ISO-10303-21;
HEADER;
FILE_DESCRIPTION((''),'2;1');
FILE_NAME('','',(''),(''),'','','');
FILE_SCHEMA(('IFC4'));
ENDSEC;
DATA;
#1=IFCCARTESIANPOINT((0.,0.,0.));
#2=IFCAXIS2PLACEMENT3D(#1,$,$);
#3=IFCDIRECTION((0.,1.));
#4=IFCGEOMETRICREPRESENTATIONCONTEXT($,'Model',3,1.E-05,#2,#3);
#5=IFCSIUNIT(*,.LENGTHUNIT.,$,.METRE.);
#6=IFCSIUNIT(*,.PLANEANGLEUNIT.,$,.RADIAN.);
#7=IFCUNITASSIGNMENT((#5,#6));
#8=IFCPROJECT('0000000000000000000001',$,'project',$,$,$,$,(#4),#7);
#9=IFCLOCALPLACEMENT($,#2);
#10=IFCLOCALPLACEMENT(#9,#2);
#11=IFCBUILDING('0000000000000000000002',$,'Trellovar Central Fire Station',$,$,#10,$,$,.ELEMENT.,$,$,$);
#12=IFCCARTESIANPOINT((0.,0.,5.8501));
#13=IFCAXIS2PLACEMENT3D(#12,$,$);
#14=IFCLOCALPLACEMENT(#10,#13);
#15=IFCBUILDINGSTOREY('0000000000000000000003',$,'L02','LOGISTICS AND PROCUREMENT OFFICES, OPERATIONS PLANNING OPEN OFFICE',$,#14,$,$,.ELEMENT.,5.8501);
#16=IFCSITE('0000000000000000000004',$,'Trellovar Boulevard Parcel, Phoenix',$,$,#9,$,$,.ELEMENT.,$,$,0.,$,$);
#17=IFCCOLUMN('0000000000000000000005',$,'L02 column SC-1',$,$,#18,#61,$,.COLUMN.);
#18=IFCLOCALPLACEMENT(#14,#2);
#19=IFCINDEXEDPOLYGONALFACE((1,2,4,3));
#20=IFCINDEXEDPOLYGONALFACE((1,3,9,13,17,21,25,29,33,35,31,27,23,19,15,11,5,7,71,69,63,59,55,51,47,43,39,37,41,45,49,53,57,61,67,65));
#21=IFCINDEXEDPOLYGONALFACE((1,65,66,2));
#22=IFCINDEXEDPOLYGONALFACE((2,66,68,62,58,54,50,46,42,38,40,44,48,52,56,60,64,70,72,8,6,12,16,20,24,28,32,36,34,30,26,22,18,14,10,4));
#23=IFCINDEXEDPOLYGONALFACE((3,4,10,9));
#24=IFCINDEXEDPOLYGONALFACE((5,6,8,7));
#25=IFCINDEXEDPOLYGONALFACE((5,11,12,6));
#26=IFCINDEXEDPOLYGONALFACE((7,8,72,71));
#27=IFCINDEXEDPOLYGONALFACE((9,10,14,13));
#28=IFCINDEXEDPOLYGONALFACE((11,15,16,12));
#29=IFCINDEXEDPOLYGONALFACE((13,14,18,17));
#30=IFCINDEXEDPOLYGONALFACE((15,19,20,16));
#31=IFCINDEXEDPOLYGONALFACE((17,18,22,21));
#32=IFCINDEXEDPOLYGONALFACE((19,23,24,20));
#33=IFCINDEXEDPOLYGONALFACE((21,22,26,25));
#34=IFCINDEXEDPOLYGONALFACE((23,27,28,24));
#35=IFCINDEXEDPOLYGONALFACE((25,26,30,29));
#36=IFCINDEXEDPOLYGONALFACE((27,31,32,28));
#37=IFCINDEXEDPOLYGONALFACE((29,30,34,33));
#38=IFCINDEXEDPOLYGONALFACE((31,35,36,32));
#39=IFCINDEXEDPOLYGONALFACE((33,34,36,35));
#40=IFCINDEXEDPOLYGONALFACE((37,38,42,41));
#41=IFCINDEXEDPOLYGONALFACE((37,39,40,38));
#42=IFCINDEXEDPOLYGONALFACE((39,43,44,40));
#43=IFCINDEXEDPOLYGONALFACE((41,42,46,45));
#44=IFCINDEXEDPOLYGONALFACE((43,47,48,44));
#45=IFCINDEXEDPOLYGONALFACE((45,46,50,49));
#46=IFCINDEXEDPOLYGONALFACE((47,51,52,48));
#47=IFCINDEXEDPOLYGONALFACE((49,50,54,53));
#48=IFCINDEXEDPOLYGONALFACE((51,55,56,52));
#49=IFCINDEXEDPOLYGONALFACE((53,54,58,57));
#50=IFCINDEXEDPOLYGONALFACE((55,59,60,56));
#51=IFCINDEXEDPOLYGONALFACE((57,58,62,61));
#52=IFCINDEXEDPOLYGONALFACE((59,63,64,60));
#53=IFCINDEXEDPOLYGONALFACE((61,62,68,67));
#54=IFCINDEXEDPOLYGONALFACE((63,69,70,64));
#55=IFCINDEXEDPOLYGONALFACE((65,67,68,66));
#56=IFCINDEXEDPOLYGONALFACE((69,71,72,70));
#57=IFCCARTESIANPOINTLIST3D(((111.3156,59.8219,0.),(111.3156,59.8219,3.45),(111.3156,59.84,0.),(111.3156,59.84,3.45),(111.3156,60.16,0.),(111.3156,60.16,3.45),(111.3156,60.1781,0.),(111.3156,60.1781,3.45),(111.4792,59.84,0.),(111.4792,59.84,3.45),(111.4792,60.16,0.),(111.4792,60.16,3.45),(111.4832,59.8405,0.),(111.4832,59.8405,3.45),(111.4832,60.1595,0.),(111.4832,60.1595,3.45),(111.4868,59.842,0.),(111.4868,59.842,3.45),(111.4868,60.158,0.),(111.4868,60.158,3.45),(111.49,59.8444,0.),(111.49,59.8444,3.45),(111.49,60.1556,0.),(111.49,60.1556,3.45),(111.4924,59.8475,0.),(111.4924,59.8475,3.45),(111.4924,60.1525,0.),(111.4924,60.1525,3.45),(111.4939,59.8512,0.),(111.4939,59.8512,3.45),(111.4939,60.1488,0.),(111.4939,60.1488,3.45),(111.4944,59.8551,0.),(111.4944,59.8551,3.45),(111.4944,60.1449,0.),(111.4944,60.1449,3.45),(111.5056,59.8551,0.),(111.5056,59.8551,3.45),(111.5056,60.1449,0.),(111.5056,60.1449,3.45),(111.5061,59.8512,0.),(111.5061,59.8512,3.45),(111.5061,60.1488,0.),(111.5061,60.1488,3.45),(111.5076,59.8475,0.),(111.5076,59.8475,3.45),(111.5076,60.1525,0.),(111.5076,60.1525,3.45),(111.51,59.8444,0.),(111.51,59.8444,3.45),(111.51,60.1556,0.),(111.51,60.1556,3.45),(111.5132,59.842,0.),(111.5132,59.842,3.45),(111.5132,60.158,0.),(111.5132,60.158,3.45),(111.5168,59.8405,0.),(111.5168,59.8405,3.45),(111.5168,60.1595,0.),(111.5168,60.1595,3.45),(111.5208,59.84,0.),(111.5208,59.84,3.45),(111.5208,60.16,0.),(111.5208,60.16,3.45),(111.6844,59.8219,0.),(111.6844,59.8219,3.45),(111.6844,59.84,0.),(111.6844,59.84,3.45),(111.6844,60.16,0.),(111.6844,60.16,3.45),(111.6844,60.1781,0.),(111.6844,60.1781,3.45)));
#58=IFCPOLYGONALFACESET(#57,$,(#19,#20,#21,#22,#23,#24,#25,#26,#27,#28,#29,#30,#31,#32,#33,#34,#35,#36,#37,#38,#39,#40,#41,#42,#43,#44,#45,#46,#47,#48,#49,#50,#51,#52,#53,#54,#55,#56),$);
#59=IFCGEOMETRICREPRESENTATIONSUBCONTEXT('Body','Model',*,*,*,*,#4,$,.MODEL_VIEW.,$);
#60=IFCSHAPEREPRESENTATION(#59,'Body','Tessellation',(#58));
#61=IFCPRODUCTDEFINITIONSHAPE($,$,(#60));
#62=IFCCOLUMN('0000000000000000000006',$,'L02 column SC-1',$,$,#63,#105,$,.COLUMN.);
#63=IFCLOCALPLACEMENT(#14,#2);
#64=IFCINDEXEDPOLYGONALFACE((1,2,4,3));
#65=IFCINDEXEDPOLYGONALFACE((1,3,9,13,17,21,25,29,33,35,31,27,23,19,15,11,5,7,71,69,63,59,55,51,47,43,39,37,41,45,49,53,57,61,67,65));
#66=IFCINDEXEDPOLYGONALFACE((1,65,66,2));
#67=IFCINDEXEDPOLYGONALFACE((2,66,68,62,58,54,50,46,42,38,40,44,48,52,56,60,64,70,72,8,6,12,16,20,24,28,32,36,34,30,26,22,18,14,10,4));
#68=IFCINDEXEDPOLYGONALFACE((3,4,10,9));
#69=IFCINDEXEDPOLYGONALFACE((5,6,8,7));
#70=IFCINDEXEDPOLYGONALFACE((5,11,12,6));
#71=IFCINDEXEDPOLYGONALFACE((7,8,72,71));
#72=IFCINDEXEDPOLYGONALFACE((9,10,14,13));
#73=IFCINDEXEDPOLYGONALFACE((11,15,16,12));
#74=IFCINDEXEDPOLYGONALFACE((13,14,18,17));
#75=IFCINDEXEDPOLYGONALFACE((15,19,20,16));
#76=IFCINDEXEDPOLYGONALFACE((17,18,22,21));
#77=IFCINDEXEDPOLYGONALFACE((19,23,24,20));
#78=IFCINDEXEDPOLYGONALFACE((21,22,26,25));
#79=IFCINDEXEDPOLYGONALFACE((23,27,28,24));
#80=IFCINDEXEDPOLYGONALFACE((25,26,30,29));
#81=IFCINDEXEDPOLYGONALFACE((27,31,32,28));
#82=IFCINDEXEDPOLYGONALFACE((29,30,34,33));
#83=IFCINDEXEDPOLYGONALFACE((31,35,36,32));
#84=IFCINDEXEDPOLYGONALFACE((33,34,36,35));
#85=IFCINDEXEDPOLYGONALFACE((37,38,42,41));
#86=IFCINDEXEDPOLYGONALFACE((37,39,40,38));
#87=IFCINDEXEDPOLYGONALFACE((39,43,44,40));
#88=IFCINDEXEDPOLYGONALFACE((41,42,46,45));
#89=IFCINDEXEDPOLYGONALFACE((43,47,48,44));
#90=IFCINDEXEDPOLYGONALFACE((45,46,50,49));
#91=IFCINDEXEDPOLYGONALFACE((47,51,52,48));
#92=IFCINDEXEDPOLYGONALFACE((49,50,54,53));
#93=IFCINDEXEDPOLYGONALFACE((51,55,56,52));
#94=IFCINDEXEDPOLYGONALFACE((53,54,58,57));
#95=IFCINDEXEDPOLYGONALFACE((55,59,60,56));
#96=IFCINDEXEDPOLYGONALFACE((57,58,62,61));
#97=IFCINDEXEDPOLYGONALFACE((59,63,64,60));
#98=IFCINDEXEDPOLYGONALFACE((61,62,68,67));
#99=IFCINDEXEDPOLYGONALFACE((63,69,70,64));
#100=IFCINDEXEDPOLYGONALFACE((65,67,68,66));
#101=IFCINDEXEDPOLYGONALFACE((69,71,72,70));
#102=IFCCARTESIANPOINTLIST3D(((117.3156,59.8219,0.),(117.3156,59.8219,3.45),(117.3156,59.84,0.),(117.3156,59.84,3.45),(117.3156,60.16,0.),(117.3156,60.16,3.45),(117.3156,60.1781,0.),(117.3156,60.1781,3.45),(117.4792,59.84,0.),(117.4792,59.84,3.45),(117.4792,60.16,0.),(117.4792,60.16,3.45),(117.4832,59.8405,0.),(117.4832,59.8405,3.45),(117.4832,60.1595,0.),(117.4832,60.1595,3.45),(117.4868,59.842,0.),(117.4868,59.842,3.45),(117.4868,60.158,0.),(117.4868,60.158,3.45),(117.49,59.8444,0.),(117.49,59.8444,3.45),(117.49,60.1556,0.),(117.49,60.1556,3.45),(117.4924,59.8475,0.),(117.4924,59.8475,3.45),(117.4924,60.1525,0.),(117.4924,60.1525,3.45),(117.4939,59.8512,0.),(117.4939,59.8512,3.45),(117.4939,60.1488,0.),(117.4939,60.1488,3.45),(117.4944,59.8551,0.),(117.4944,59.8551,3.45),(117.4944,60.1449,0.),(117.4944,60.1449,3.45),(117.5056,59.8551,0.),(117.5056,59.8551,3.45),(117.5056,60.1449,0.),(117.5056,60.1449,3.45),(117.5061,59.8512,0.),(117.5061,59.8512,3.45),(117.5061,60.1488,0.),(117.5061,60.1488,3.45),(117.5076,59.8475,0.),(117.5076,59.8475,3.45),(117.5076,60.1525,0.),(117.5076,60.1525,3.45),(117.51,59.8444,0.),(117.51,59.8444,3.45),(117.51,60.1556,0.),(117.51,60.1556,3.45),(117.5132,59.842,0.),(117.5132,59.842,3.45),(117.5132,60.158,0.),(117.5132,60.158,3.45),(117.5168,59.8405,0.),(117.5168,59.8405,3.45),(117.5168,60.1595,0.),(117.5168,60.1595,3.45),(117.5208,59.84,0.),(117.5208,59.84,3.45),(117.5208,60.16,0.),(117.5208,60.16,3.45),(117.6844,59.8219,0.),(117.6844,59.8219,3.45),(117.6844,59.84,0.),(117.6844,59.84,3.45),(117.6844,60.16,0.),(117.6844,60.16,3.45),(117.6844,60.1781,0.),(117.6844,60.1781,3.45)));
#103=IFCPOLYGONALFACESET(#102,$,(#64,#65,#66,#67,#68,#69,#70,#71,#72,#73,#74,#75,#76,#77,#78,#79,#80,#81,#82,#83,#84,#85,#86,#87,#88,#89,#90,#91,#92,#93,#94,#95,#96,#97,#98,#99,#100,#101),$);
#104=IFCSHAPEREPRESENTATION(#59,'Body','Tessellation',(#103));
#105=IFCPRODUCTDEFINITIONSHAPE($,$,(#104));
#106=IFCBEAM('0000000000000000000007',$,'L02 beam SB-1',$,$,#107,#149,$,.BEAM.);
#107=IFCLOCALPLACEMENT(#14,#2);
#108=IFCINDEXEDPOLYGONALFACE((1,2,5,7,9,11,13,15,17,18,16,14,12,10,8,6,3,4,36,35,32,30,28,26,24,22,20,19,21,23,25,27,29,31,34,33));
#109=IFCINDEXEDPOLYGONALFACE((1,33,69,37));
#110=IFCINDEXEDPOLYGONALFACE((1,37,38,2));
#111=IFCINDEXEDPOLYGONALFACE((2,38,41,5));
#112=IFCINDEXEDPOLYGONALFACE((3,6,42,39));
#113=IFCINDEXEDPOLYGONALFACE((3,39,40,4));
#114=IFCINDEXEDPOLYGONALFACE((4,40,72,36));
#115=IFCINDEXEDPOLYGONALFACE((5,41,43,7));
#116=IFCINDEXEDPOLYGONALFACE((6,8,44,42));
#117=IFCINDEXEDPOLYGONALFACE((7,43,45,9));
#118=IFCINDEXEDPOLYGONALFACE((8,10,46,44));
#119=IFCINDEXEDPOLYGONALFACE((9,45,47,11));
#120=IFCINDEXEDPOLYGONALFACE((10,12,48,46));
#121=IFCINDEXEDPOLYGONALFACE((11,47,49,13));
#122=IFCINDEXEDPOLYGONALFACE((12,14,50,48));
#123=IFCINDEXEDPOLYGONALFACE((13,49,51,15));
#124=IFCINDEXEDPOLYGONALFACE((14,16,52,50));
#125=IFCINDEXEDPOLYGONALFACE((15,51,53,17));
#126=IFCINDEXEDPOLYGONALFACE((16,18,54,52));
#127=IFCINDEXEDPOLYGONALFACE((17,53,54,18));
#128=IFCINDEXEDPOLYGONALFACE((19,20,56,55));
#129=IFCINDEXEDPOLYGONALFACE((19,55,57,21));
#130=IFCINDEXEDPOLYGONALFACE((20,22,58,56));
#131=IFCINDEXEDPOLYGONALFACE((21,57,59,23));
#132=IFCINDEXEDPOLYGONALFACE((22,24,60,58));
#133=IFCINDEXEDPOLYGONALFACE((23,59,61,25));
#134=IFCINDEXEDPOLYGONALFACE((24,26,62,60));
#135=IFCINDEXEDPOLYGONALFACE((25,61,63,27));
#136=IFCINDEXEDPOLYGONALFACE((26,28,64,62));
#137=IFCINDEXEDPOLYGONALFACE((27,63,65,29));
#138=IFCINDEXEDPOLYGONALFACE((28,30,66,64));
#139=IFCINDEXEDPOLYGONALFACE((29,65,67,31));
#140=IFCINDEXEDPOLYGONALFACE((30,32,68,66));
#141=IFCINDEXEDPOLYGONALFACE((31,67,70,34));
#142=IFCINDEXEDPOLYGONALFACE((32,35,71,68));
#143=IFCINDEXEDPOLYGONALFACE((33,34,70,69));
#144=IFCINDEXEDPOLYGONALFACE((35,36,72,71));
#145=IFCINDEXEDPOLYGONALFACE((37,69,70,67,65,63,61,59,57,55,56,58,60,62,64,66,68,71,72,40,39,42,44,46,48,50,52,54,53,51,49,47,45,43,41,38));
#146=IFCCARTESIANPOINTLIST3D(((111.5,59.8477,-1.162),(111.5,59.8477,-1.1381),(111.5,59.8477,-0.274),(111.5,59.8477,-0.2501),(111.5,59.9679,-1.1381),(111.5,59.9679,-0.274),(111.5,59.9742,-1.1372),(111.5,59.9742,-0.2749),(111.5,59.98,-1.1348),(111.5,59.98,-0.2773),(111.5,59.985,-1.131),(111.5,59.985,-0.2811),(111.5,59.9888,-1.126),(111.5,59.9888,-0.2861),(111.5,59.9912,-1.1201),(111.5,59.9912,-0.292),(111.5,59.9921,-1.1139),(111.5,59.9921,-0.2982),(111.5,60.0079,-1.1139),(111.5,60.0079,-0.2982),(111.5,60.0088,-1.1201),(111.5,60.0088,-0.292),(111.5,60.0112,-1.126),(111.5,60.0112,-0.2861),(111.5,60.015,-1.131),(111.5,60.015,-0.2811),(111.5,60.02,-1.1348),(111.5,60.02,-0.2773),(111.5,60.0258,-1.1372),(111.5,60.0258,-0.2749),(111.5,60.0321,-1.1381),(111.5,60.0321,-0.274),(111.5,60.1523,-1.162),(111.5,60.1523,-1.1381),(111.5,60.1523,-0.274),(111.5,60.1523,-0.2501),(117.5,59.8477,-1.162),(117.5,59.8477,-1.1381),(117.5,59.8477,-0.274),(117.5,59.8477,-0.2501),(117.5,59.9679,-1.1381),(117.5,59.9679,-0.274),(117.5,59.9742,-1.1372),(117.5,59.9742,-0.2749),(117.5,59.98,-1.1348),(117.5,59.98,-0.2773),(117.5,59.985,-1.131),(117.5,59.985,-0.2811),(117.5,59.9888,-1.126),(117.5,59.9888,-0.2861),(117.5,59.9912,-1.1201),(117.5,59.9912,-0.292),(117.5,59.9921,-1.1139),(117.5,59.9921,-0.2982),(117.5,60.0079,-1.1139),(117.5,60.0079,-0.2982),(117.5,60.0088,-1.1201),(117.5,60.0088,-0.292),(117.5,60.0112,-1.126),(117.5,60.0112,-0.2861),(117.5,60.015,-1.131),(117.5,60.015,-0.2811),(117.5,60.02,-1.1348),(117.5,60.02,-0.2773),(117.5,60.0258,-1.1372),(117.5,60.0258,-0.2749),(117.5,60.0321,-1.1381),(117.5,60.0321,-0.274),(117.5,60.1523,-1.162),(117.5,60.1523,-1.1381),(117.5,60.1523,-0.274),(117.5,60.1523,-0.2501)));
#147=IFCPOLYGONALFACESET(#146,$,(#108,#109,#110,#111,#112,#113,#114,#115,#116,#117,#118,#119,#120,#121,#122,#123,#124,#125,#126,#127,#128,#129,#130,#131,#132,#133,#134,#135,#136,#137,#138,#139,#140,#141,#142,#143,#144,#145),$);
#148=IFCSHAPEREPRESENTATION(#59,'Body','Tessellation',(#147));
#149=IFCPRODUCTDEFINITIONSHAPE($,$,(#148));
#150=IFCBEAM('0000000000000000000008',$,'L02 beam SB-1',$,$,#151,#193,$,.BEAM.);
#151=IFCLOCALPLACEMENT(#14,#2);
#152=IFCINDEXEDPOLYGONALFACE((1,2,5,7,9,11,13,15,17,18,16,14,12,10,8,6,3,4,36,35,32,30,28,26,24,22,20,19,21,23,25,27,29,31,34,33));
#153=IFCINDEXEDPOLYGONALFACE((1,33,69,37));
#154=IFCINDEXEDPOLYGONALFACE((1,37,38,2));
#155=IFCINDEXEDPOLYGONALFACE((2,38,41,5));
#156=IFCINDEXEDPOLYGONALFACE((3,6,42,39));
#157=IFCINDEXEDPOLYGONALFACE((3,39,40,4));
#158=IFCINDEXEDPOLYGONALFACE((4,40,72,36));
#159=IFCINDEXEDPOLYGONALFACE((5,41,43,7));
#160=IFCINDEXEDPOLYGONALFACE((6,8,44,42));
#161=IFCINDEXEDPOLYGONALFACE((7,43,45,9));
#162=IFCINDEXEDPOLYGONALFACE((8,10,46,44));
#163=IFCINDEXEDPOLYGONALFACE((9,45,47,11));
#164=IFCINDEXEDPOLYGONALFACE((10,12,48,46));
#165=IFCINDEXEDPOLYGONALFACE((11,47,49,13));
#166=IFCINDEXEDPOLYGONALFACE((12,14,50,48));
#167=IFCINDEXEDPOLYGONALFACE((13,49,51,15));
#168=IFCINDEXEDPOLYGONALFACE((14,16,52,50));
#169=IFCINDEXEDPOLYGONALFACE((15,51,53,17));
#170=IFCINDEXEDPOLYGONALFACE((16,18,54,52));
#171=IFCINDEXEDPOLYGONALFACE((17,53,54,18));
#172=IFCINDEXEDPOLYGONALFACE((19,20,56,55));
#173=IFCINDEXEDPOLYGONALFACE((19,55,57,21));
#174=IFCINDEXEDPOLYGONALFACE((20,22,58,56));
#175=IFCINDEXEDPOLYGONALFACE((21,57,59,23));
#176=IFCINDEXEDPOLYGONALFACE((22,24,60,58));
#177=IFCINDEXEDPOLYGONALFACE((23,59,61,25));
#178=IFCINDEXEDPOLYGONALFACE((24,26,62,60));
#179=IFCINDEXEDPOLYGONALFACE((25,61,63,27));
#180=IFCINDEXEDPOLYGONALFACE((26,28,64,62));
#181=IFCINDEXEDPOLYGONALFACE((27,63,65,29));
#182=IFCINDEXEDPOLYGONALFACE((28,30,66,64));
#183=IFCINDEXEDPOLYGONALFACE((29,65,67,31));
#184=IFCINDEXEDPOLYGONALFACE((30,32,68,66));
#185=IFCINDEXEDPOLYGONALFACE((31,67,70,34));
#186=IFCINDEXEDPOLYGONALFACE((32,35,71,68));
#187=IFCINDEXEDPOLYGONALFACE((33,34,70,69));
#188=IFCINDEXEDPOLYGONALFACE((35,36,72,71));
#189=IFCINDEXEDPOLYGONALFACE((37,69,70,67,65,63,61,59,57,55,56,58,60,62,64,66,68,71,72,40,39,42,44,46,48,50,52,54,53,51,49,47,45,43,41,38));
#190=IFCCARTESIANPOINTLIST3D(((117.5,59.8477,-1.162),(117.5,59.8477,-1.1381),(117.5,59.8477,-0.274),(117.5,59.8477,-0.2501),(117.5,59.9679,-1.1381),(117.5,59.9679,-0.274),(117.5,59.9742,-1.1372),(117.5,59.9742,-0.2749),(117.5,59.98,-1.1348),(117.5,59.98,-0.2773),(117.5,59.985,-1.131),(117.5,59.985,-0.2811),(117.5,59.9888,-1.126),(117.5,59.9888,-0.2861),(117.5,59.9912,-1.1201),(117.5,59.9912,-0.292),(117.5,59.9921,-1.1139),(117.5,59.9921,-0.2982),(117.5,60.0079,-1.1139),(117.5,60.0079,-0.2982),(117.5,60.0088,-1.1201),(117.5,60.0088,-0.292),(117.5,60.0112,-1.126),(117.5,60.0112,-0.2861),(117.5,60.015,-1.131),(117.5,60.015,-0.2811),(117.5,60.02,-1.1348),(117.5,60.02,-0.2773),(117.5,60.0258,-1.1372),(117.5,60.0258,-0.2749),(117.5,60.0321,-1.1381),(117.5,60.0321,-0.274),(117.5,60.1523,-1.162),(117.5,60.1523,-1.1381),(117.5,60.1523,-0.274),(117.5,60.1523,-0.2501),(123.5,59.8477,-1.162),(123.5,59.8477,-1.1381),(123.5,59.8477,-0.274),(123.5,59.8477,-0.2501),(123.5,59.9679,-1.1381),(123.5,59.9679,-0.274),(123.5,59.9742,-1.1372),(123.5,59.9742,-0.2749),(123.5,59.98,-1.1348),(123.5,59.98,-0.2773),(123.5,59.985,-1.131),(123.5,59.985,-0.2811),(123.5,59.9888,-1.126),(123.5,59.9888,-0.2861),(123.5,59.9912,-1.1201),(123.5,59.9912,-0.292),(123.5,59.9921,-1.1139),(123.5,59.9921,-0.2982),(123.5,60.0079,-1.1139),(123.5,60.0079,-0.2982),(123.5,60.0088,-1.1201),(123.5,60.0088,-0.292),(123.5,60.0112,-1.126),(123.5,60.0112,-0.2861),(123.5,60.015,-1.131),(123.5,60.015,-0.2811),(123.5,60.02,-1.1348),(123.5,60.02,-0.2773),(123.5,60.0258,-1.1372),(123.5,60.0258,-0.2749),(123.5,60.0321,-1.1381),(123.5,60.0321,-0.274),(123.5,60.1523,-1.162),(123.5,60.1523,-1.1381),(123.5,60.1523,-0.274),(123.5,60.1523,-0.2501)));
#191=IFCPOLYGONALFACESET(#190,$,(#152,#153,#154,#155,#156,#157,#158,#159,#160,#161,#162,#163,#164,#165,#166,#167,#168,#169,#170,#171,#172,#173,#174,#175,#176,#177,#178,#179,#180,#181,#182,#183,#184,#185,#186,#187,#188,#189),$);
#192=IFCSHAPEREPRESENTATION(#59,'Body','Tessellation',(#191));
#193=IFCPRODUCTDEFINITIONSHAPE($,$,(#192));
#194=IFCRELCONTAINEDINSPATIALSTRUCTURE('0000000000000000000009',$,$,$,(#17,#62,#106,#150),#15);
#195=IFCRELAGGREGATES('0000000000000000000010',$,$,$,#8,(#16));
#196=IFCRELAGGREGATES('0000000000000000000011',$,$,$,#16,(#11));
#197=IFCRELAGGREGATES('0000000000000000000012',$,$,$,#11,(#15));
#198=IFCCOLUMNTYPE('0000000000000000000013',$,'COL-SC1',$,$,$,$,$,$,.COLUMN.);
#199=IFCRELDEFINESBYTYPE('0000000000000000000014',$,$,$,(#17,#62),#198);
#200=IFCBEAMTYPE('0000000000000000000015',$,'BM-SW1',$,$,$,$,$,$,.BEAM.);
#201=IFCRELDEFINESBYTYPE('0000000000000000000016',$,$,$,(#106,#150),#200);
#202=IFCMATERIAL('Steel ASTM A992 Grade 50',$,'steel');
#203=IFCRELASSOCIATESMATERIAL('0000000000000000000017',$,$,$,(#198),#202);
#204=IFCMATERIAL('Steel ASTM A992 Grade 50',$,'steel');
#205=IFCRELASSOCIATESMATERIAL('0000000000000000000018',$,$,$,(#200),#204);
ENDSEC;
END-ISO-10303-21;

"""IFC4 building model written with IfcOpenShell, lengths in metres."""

from ifc_helpers import new_model, si_unit, direction, frame, origin, origin_2d, place, context, subcontext, project, spatial, i_section, extrude, material, material_profile, profile_set, type_object, element, save


model = new_model("IFC4")

# Units and contexts
model_context = context("Model", 3, precision=1e-05, world=origin(), true_north=direction((0.0, 1.0)))
body_context = subcontext(model_context, "Body", "Model", "MODEL_VIEW")
ifc_project = project(units=[si_unit("LENGTHUNIT", "METRE"), si_unit("PLANEANGLEUNIT", "RADIAN")], contexts=[model_context])

# Site, building, storey
site_placement = place(None, origin())
site = spatial("IfcSite", under=ifc_project, at=site_placement, Name="Trellovar Boulevard Parcel, Phoenix", CompositionType="ELEMENT", RefElevation=0.0)
building_placement = place(site_placement, origin())
building = spatial("IfcBuilding", under=site, at=building_placement, Name="Trellovar Central Fire Station", CompositionType="ELEMENT")
storey_placement = place(building_placement, frame((0.0, 0.0, 5.8501)))
storey = spatial("IfcBuildingStorey", under=building, at=storey_placement, Name="L02", Description="LOGISTICS AND PROCUREMENT OFFICES, OPERATIONS PLANNING OPEN OFFICE", CompositionType="ELEMENT", Elevation=5.8501)

# Columns
ifc_material_1 = material(Name="Steel ASTM A992 Grade 50", Category="steel")
ifc_material_profile_1 = material_profile(ifc_material_1, i_section(OverallWidth=0.3689, OverallDepth=0.3562, WebThickness=0.0112, FlangeThickness=0.0181, FilletRadius=0.0151, at=origin_2d()), Name="W14X90")
ifc_profile_set_1 = profile_set([ifc_material_profile_1], Name="Steel ASTM A992 Grade 50")
column_type = type_object("IfcColumnType", Name="COL-SC1", PredefinedType="COLUMN", material=ifc_profile_set_1)
for number, where, z_axis, x_axis, name in (
    (1, (111.5, 60.0, 0.0), (0.0, 0.0, 1.0), (1.0, 0.0, 0.0), "L02 column SC-1"),
    (2, (117.5, 60.0, 0.0), (0.0, 0.0, 1.0), (1.0, 0.0, 0.0), "L02 column SC-1"),
):
    element("IfcColumn", number, at=place(storey_placement, frame(where, z_axis=z_axis, x_axis=x_axis)), inside=storey, type_object=column_type, Name=name, PredefinedType="COLUMN", context=body_context, shape_type="SweptSolid", body=[
        extrude(i_section(OverallWidth=0.3689, OverallDepth=0.3562, WebThickness=0.0112, FlangeThickness=0.0181, FilletRadius=0.0151, at=origin_2d()), origin(), (0.0, 0.0, 1.0), 3.45),
    ])

# Beams
ifc_material_2 = material(Name="Steel ASTM A992 Grade 50", Category="steel")
ifc_material_profile_2 = material_profile(ifc_material_2, i_section(OverallWidth=0.3047, OverallDepth=0.9119, WebThickness=0.0159, FlangeThickness=0.0239, FilletRadius=0.0242, at=origin_2d()), Name="W36X150")
ifc_profile_set_2 = profile_set([ifc_material_profile_2], Name="Steel ASTM A992 Grade 50")
beam_type_1 = type_object("IfcBeamType", Name="BM-SW1", PredefinedType="BEAM", material=ifc_profile_set_2)
for number, where, z_axis, x_axis, name in (
    (3, (111.5, 60.0, -0.7061), (1.0, 0.0, 0.0), (0.0, 1.0, 0.0), "L02 beam SB-1"),
    (4, (117.5, 60.0, -0.7061), (1.0, 0.0, 0.0), (0.0, 1.0, 0.0), "L02 beam SB-1"),
):
    element("IfcBeam", number, at=place(storey_placement, frame(where, z_axis=z_axis, x_axis=x_axis)), inside=storey, type_object=beam_type_1, Name=name, PredefinedType="BEAM", context=body_context, shape_type="SweptSolid", body=[
        extrude(i_section(OverallWidth=0.3047, OverallDepth=0.9119, WebThickness=0.0159, FlangeThickness=0.0239, FilletRadius=0.0242, at=origin_2d()), origin(), (0.0, 0.0, 1.0), 6.0),
    ])

save(model, "model.ifc")
